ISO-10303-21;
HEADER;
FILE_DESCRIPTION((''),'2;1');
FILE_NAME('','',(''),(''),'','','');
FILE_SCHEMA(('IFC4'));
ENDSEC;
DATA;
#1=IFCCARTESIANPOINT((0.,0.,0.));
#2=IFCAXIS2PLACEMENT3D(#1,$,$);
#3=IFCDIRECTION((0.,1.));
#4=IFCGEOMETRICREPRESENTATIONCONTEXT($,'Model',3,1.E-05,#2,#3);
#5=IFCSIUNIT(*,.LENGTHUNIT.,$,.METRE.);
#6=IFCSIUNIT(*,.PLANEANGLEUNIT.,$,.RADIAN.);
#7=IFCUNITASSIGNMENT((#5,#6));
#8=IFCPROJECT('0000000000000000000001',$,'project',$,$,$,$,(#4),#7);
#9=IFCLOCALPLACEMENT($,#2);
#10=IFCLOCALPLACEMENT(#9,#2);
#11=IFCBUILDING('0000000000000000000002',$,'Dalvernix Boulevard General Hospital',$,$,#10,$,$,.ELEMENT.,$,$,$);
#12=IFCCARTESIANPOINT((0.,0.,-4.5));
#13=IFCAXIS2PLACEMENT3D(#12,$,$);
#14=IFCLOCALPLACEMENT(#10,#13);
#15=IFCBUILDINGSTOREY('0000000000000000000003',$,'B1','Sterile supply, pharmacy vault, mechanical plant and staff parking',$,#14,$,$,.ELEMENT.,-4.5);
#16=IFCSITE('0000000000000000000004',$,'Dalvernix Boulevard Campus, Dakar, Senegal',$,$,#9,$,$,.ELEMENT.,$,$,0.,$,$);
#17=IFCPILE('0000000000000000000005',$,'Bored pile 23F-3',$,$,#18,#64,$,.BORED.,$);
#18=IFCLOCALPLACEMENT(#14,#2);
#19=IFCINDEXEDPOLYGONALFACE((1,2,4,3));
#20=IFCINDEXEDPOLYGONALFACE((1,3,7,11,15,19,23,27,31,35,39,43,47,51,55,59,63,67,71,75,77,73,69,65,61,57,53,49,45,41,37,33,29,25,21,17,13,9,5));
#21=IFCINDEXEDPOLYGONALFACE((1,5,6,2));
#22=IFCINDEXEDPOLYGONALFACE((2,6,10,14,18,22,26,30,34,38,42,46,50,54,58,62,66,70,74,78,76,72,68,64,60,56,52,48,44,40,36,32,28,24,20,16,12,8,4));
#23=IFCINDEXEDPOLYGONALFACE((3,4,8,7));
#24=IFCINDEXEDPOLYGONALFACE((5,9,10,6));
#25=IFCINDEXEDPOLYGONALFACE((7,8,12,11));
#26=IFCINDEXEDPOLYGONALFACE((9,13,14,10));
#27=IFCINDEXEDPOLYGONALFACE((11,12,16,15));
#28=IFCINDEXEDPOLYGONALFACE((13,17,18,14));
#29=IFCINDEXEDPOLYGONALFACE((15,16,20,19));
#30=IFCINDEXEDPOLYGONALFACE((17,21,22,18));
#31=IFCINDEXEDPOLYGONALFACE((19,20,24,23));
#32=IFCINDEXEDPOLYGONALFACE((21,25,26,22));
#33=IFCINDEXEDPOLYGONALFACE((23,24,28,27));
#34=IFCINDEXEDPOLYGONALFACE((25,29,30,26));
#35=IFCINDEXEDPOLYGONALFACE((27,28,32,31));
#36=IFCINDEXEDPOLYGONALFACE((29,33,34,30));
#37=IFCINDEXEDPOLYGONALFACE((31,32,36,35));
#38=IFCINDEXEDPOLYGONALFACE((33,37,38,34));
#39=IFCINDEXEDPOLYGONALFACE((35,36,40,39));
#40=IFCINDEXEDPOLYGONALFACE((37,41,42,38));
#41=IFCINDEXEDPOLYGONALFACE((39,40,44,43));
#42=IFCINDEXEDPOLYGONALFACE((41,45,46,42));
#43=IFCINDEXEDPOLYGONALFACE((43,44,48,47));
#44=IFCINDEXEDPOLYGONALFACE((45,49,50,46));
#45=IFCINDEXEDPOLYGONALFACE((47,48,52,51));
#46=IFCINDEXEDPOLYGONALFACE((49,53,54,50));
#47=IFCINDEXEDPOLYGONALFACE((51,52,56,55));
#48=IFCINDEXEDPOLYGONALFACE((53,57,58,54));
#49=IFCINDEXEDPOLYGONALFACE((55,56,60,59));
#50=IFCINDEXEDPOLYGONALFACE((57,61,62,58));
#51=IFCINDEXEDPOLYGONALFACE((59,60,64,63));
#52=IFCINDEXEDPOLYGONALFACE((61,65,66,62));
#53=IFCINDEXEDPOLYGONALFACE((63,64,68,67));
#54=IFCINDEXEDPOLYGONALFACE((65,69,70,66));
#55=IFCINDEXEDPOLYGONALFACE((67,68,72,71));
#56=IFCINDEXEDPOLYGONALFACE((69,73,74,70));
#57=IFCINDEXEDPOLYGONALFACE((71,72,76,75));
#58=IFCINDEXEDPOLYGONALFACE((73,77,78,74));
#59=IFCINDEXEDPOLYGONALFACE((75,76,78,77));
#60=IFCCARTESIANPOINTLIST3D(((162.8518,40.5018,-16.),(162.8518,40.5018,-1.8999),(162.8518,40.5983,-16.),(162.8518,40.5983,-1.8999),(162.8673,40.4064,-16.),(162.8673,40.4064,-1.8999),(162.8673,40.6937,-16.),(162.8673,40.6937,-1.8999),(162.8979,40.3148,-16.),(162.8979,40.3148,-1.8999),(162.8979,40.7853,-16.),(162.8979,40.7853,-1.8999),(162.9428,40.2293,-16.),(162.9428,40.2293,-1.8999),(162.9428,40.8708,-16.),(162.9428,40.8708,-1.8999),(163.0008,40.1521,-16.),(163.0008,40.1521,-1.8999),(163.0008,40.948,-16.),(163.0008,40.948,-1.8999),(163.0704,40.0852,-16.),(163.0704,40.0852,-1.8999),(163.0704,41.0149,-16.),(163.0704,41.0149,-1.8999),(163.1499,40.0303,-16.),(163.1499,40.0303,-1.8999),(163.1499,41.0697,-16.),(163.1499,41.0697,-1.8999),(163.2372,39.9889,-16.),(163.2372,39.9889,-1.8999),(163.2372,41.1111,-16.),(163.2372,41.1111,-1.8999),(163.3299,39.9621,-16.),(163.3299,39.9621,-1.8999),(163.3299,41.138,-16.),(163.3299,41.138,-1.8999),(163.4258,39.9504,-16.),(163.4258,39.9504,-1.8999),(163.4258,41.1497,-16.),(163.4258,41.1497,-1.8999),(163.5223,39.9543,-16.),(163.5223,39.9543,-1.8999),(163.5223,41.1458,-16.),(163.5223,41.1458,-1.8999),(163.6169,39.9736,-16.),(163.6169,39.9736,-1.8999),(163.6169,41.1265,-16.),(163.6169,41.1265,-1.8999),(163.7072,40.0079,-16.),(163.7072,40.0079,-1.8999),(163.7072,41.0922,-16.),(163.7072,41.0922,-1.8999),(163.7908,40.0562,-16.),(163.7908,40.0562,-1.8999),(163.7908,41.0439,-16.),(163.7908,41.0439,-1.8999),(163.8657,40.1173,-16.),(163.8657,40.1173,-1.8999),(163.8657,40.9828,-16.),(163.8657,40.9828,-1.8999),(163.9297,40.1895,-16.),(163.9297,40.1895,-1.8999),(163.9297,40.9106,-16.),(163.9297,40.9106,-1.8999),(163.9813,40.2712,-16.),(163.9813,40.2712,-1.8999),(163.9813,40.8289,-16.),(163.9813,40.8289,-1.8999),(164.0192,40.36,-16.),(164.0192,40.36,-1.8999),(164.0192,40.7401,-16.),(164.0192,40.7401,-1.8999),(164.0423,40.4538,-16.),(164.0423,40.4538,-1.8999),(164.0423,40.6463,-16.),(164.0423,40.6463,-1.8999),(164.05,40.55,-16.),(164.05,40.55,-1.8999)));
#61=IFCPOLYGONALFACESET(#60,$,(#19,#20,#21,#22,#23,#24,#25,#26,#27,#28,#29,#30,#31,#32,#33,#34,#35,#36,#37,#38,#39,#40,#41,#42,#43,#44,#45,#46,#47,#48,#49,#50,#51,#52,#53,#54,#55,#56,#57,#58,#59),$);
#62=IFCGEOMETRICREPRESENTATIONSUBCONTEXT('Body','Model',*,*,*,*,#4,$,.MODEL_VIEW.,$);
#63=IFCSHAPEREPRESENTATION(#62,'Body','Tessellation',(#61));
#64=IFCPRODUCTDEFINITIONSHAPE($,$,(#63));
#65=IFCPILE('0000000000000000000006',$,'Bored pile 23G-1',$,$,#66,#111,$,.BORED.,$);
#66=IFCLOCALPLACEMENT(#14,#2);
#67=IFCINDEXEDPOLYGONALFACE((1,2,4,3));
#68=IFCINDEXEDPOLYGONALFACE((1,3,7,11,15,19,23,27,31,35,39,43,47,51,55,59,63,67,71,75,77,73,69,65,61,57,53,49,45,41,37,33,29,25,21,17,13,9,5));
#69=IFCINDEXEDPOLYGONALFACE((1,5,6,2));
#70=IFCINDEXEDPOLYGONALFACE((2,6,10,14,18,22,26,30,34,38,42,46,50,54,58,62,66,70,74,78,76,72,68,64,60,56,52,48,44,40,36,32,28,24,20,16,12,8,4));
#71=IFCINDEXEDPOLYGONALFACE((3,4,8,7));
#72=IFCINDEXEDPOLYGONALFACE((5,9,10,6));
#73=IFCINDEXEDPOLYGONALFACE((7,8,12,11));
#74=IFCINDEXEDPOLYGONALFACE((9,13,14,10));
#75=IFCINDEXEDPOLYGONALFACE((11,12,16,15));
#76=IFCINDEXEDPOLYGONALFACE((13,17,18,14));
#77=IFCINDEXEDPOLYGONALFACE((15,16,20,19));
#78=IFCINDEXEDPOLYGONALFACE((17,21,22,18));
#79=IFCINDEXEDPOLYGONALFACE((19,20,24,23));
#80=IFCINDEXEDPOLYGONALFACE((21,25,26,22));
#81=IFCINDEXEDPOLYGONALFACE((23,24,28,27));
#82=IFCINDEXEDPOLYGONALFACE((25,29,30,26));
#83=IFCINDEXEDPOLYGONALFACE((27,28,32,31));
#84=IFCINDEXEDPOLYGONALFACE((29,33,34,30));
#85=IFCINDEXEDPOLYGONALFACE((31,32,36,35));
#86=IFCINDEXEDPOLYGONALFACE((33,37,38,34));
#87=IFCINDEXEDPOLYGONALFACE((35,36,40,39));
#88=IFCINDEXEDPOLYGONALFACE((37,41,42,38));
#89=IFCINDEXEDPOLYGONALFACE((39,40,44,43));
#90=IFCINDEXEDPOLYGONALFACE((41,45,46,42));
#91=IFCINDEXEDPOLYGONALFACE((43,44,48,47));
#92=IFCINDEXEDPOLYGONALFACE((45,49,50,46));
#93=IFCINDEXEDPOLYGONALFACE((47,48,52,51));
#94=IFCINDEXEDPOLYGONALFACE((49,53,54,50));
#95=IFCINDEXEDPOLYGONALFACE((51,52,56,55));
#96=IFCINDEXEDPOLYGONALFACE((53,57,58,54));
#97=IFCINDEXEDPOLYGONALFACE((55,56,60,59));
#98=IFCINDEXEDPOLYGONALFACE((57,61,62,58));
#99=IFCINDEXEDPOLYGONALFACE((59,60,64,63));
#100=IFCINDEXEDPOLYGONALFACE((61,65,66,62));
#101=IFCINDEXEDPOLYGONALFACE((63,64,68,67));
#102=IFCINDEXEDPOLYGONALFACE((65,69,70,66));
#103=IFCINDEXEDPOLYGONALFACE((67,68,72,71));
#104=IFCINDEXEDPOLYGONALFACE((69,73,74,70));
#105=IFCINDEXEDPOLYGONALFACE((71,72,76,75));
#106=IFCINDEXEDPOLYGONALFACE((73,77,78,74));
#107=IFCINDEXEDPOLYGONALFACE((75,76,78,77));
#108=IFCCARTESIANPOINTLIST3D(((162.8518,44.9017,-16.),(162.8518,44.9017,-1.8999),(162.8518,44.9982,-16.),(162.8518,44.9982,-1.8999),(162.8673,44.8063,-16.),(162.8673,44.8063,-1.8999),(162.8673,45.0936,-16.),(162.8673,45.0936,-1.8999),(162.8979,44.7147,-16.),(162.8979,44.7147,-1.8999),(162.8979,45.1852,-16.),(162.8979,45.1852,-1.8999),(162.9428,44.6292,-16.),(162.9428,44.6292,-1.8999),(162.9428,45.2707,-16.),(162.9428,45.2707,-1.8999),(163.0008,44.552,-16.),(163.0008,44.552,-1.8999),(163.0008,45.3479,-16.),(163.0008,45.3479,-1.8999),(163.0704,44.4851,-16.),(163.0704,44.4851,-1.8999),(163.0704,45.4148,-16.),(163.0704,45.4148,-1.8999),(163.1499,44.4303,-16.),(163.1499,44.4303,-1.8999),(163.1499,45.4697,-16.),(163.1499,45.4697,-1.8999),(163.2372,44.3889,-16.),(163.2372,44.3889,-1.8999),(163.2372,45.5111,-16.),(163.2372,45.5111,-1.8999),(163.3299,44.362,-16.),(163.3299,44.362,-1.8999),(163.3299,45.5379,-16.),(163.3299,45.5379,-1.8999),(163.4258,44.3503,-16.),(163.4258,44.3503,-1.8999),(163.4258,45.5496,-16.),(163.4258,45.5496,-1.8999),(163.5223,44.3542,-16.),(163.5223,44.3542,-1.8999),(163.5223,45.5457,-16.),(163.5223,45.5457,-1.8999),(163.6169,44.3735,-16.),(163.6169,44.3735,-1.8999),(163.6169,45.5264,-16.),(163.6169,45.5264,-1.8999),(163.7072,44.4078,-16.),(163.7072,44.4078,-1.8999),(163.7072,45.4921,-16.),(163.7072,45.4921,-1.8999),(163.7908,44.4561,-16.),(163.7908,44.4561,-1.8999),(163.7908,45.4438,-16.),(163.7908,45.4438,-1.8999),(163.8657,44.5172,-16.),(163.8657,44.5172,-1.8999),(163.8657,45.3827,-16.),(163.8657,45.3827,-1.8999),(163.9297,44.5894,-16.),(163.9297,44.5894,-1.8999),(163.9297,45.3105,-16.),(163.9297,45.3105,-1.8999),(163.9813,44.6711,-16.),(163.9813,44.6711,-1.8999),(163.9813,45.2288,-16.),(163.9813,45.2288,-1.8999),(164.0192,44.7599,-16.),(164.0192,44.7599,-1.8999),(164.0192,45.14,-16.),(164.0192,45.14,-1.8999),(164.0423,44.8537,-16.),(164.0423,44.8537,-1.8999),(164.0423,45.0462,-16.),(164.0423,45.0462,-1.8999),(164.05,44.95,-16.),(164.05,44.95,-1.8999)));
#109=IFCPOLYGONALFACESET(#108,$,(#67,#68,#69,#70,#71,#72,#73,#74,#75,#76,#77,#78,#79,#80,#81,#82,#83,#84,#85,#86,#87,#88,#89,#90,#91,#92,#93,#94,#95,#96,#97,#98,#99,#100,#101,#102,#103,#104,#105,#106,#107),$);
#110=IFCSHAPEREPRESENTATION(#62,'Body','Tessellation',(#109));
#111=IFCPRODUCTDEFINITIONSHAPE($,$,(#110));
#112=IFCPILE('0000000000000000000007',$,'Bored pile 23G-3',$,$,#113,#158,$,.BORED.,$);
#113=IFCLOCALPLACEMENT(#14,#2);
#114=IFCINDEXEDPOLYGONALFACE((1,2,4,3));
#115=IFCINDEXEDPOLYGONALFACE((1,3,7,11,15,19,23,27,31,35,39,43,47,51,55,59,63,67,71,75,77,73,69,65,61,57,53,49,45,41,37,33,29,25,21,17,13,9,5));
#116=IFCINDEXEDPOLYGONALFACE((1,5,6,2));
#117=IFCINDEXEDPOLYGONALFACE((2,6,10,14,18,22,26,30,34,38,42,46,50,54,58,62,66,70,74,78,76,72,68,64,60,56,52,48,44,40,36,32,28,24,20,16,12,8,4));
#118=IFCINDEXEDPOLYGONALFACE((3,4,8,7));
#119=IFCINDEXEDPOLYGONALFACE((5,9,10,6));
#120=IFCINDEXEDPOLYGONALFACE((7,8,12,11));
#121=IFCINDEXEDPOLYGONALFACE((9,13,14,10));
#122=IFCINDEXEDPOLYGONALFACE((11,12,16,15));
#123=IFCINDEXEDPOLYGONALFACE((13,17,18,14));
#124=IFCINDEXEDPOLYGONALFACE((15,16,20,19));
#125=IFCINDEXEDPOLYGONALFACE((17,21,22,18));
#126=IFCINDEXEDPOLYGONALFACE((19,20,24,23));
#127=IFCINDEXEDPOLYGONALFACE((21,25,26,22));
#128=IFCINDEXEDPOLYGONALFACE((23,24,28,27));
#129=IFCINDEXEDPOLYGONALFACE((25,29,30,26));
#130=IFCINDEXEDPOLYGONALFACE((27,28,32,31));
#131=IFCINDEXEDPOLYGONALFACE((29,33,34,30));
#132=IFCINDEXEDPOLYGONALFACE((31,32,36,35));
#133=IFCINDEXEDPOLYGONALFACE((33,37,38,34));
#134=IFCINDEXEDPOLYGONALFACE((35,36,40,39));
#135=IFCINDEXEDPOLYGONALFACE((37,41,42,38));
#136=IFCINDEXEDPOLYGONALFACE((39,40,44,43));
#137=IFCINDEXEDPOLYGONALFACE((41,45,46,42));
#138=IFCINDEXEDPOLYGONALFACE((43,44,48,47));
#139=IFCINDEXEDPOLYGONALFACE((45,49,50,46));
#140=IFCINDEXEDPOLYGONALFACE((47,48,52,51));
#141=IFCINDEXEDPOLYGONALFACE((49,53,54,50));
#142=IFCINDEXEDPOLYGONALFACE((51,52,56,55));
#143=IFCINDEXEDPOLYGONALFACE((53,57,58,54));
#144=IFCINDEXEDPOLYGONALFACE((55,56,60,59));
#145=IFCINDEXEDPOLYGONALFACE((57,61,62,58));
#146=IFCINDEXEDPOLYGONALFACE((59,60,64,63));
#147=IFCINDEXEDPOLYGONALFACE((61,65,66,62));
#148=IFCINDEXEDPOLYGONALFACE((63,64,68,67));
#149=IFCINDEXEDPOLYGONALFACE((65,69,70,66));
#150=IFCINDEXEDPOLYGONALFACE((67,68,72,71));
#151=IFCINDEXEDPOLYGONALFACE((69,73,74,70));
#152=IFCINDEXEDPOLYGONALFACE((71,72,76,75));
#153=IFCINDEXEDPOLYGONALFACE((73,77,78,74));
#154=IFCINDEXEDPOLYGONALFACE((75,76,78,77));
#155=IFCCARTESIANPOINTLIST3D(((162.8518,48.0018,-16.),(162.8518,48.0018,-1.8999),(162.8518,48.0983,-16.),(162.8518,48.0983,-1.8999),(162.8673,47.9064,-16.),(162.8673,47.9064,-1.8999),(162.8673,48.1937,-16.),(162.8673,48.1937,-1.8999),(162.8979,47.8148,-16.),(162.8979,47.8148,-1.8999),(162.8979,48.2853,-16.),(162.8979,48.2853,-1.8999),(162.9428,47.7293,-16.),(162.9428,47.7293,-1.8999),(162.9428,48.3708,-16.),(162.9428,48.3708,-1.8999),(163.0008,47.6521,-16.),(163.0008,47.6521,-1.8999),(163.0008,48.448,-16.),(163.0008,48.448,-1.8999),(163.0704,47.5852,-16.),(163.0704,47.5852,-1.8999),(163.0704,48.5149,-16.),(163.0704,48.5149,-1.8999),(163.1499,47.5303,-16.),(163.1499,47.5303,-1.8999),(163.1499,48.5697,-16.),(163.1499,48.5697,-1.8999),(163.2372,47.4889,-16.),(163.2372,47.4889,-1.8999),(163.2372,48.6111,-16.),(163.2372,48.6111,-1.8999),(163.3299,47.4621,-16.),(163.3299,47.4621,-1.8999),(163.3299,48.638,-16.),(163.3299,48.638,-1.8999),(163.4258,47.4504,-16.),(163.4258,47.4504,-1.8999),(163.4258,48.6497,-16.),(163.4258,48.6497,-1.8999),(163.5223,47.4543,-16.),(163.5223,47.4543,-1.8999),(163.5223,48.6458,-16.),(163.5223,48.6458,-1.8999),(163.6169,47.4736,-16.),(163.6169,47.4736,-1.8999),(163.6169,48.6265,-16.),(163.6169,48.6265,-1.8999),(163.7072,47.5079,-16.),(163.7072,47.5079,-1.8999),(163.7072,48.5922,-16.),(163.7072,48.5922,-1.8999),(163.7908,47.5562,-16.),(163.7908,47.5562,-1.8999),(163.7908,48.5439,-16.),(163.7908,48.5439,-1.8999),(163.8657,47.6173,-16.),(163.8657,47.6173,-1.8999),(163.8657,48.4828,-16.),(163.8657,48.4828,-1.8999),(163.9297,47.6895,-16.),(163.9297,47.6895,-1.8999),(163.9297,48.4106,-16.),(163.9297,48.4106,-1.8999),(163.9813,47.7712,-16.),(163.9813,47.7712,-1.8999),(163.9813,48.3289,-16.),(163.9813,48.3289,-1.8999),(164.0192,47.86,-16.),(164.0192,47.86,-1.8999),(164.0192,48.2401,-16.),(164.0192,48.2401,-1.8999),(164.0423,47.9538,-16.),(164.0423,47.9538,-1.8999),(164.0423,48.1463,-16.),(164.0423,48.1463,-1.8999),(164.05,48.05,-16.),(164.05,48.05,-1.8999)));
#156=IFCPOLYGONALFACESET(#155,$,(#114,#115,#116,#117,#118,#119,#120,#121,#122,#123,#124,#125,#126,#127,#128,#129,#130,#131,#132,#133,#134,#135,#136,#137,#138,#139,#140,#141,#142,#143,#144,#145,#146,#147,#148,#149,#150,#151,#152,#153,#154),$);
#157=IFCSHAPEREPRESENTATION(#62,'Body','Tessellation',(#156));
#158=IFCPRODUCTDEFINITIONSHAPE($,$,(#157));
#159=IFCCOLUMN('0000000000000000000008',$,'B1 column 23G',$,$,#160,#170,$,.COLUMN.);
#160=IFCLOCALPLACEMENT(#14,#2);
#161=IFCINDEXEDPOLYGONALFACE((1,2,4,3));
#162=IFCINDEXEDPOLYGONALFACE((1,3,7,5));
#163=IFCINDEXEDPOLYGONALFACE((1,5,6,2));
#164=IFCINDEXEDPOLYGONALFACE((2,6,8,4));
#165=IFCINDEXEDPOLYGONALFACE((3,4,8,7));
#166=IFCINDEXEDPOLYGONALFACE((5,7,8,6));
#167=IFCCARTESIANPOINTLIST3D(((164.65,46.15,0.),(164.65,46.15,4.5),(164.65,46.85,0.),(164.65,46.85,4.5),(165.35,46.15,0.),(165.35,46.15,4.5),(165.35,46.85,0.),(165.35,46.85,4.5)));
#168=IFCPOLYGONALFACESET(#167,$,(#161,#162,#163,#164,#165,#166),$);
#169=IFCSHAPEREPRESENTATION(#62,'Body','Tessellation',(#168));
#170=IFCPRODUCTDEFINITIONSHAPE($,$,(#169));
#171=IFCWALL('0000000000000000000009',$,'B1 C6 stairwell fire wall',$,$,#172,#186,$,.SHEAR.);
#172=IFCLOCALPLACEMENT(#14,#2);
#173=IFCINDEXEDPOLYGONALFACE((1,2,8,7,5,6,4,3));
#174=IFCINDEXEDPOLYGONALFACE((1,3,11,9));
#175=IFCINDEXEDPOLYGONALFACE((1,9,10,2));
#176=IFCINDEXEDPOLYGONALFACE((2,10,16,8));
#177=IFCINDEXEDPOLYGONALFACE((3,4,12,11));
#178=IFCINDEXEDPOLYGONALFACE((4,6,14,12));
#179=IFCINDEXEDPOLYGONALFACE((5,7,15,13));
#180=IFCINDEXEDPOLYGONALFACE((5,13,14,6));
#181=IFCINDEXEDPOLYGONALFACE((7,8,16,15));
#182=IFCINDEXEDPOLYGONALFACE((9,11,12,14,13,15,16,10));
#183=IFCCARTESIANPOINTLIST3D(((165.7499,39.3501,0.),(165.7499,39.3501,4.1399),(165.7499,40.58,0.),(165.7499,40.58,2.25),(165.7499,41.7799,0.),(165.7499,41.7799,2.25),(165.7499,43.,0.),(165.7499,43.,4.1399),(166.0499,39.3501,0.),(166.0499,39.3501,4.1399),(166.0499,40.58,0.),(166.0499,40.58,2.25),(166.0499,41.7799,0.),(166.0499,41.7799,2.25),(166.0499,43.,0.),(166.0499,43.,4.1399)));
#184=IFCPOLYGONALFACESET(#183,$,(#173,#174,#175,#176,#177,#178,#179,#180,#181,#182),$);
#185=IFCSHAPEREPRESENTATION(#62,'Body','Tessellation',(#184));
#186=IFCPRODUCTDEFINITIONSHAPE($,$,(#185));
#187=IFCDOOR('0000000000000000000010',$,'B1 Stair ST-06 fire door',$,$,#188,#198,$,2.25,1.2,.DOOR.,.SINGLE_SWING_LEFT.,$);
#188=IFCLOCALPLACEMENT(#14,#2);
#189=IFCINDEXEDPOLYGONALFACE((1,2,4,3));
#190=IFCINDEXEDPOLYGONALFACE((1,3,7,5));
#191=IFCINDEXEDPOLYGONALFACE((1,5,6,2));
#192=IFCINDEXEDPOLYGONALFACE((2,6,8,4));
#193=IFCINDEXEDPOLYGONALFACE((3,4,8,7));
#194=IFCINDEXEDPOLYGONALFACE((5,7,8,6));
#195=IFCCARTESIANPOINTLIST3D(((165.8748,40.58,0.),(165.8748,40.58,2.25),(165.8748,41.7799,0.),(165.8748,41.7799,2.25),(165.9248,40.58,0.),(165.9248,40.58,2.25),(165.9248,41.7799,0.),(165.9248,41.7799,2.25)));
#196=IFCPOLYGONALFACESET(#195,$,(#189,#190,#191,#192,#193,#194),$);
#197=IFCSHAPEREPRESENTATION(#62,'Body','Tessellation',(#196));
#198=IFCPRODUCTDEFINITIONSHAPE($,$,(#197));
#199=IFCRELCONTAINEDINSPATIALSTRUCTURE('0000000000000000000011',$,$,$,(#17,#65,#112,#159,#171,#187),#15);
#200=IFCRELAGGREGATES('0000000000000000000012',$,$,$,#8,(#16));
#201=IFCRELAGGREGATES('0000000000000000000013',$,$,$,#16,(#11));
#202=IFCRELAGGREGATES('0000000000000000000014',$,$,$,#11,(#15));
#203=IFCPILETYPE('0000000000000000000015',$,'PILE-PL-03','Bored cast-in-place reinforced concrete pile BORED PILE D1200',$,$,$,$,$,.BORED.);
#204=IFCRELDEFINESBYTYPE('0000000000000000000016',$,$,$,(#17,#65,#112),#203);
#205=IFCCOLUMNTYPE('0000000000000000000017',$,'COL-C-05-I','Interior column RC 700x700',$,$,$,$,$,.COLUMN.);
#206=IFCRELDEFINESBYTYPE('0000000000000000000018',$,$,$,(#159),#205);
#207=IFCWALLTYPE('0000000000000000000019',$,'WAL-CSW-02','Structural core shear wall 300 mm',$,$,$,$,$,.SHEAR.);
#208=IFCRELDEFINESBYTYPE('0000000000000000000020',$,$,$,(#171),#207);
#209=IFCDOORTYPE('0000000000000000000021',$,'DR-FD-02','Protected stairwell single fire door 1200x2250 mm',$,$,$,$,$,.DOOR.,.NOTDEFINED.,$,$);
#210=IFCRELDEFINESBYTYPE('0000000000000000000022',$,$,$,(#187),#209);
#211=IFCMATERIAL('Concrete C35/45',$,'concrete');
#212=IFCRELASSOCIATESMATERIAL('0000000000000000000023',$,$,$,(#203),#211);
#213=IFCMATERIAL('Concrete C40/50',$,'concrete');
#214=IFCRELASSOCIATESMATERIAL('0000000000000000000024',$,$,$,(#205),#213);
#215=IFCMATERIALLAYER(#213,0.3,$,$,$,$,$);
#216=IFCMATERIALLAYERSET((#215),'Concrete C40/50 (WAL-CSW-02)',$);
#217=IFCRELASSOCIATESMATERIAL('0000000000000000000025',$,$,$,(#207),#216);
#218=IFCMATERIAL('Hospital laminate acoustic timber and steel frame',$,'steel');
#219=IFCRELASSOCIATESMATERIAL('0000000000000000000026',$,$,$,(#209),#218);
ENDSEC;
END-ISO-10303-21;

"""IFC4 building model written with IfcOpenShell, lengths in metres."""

from ifc_helpers import new_model, si_unit, direction, frame, frame_2d, origin, origin_2d, place, context, subcontext, project, spatial, rectangle, circle, extrude, material, layer, layer_set, material_profile, profile_set, type_object, element, fill, save


model = new_model("IFC4")

# Units and contexts
model_context = context("Model", 3, precision=1e-05, world=origin(), true_north=direction((0.0, 1.0)))
body_context = subcontext(model_context, "Body", "Model", "MODEL_VIEW")
ifc_project = project(units=[si_unit("LENGTHUNIT", "METRE"), si_unit("PLANEANGLEUNIT", "RADIAN")], contexts=[model_context])

# Site, building, storey
site_placement = place(None, origin())
site = spatial("IfcSite", under=ifc_project, at=site_placement, Name="Dalvernix Boulevard Campus, Dakar, Senegal", CompositionType="ELEMENT", RefElevation=0.0)
building_placement = place(site_placement, origin())
building = spatial("IfcBuilding", under=site, at=building_placement, Name="Dalvernix Boulevard General Hospital", CompositionType="ELEMENT")
storey_placement = place(building_placement, frame((0.0, 0.0, -4.5)))
storey = spatial("IfcBuildingStorey", under=building, at=storey_placement, Name="B1", Description="Sterile supply, pharmacy vault, mechanical plant and staff parking", CompositionType="ELEMENT", Elevation=-4.5)

# Shared definitions
ifc_material_1 = material(Name="Concrete C35/45", Category="concrete")
ifc_material_2 = material(Name="Concrete C40/50", Category="concrete")

# Piles
ifc_material_profile_1 = material_profile(ifc_material_1, circle(Radius=0.6001, at=origin_2d()), Name="BORED PILE D1200")
ifc_profile_set_1 = profile_set([ifc_material_profile_1], Name="Concrete C35/45")
pile_type = type_object("IfcPileType", Name="PILE-PL-03", Description="Bored cast-in-place reinforced concrete pile BORED PILE D1200", PredefinedType="BORED", material=ifc_profile_set_1)
for number, where, z_axis, x_axis, name in (
    (1, (163.45, 40.55, -1.8999), (0.0, 0.0, -1.0), (1.0, 0.0, 0.0), "Bored pile 23F-3"),
    (2, (163.45, 44.95, -1.8999), (0.0, 0.0, -1.0), (1.0, 0.0, 0.0), "Bored pile 23G-1"),
    (3, (163.45, 48.05, -1.8999), (0.0, 0.0, -1.0), (1.0, 0.0, 0.0), "Bored pile 23G-3"),
):
    element("IfcPile", number, at=place(storey_placement, frame(where, z_axis=z_axis, x_axis=x_axis)), inside=storey, type_object=pile_type, Name=name, PredefinedType="BORED", context=body_context, shape_type="SweptSolid", body=[
        extrude(circle(Radius=0.6001, at=origin_2d()), origin(), (0.0, 0.0, 1.0), 14.1001),
    ])

# Column
ifc_material_profile_2 = material_profile(ifc_material_2, rectangle(XDim=0.7, YDim=0.7, at=origin_2d()), Name="RC 700x700")
ifc_profile_set_2 = profile_set([ifc_material_profile_2], Name="Concrete C40/50")
column_type = type_object("IfcColumnType", Name="COL-C-05-I", Description="Interior column RC 700x700", PredefinedType="COLUMN", material=ifc_profile_set_2)
column_placement = place(storey_placement, frame((165.0, 46.5, 0.0), z_axis=(0.0, 0.0, 1.0), x_axis=(1.0, 0.0, 0.0)))
element("IfcColumn", 4, at=column_placement, inside=storey, type_object=column_type, Name="B1 column 23G", PredefinedType="COLUMN", context=body_context, shape_type="SweptSolid", body=[
    extrude(rectangle(XDim=0.7, YDim=0.7, at=origin_2d()), origin(), (0.0, 0.0, 1.0), 4.5),
])

# Wall, opening, door
ifc_layer = layer(ifc_material_2, 0.3)
ifc_layer_set = layer_set([ifc_layer], Name="Concrete C40/50 (WAL-CSW-02)")
wall_type = type_object("IfcWallType", Name="WAL-CSW-02", Description="Structural core shear wall 300 mm", PredefinedType="SHEAR", material=ifc_layer_set)
wall_1_placement = place(storey_placement, frame((165.8999, 43.0, 0.0), z_axis=(0.0, 0.0, 1.0), x_axis=(0.0, -1.0, 0.0)))
wall_1 = element("IfcWall", 5, at=wall_1_placement, inside=storey, type_object=wall_type, Name="B1 C6 stairwell fire wall", PredefinedType="SHEAR", context=body_context, shape_type="SweptSolid", body=[
    extrude(rectangle(XDim=3.6499, YDim=0.3, at=frame_2d((1.825, 0.0))), origin(), (0.0, 0.0, 1.0), 4.1399),
])
opening_placement = place(wall_1_placement, frame((1.22, 0.0, 0.0)))
opening = element("IfcOpeningElement", 6, at=opening_placement, cuts=wall_1, PredefinedType="OPENING", context=body_context, shape_type="SweptSolid", body=[
    extrude(rectangle(XDim=1.2, YDim=2.25, at=frame_2d((0.6001, 1.125))), frame((0.0, 0.1599, 0.0), z_axis=(0.0, -1.0, 0.0), x_axis=(1.0, 0.0, 0.0)), (0.0, 0.0, 1.0), 0.3201),
])
ifc_material_3 = material(Name="Hospital laminate acoustic timber and steel frame", Category="steel")
door_type = type_object("IfcDoorType", Name="DR-FD-02", Description="Protected stairwell single fire door 1200x2250 mm", OperationType="NOTDEFINED", PredefinedType="DOOR", material=ifc_material_3)
door_placement = place(opening_placement, origin())
door = element("IfcDoor", 7, at=door_placement, inside=storey, type_object=door_type, Name="B1 Stair ST-06 fire door", OperationType="SINGLE_SWING_LEFT", OverallHeight=2.25, OverallWidth=1.2, PredefinedType="DOOR", context=body_context, shape_type="SweptSolid", body=[
    extrude(rectangle(XDim=1.2, YDim=2.25, at=frame_2d((0.6001, 1.125))), frame((0.0, 0.0249, 0.0), z_axis=(0.0, -1.0, 0.0), x_axis=(1.0, 0.0, 0.0)), (0.0, 0.0, 1.0), 0.05),
])
fill(opening, door)

save(model, "model.ifc")
